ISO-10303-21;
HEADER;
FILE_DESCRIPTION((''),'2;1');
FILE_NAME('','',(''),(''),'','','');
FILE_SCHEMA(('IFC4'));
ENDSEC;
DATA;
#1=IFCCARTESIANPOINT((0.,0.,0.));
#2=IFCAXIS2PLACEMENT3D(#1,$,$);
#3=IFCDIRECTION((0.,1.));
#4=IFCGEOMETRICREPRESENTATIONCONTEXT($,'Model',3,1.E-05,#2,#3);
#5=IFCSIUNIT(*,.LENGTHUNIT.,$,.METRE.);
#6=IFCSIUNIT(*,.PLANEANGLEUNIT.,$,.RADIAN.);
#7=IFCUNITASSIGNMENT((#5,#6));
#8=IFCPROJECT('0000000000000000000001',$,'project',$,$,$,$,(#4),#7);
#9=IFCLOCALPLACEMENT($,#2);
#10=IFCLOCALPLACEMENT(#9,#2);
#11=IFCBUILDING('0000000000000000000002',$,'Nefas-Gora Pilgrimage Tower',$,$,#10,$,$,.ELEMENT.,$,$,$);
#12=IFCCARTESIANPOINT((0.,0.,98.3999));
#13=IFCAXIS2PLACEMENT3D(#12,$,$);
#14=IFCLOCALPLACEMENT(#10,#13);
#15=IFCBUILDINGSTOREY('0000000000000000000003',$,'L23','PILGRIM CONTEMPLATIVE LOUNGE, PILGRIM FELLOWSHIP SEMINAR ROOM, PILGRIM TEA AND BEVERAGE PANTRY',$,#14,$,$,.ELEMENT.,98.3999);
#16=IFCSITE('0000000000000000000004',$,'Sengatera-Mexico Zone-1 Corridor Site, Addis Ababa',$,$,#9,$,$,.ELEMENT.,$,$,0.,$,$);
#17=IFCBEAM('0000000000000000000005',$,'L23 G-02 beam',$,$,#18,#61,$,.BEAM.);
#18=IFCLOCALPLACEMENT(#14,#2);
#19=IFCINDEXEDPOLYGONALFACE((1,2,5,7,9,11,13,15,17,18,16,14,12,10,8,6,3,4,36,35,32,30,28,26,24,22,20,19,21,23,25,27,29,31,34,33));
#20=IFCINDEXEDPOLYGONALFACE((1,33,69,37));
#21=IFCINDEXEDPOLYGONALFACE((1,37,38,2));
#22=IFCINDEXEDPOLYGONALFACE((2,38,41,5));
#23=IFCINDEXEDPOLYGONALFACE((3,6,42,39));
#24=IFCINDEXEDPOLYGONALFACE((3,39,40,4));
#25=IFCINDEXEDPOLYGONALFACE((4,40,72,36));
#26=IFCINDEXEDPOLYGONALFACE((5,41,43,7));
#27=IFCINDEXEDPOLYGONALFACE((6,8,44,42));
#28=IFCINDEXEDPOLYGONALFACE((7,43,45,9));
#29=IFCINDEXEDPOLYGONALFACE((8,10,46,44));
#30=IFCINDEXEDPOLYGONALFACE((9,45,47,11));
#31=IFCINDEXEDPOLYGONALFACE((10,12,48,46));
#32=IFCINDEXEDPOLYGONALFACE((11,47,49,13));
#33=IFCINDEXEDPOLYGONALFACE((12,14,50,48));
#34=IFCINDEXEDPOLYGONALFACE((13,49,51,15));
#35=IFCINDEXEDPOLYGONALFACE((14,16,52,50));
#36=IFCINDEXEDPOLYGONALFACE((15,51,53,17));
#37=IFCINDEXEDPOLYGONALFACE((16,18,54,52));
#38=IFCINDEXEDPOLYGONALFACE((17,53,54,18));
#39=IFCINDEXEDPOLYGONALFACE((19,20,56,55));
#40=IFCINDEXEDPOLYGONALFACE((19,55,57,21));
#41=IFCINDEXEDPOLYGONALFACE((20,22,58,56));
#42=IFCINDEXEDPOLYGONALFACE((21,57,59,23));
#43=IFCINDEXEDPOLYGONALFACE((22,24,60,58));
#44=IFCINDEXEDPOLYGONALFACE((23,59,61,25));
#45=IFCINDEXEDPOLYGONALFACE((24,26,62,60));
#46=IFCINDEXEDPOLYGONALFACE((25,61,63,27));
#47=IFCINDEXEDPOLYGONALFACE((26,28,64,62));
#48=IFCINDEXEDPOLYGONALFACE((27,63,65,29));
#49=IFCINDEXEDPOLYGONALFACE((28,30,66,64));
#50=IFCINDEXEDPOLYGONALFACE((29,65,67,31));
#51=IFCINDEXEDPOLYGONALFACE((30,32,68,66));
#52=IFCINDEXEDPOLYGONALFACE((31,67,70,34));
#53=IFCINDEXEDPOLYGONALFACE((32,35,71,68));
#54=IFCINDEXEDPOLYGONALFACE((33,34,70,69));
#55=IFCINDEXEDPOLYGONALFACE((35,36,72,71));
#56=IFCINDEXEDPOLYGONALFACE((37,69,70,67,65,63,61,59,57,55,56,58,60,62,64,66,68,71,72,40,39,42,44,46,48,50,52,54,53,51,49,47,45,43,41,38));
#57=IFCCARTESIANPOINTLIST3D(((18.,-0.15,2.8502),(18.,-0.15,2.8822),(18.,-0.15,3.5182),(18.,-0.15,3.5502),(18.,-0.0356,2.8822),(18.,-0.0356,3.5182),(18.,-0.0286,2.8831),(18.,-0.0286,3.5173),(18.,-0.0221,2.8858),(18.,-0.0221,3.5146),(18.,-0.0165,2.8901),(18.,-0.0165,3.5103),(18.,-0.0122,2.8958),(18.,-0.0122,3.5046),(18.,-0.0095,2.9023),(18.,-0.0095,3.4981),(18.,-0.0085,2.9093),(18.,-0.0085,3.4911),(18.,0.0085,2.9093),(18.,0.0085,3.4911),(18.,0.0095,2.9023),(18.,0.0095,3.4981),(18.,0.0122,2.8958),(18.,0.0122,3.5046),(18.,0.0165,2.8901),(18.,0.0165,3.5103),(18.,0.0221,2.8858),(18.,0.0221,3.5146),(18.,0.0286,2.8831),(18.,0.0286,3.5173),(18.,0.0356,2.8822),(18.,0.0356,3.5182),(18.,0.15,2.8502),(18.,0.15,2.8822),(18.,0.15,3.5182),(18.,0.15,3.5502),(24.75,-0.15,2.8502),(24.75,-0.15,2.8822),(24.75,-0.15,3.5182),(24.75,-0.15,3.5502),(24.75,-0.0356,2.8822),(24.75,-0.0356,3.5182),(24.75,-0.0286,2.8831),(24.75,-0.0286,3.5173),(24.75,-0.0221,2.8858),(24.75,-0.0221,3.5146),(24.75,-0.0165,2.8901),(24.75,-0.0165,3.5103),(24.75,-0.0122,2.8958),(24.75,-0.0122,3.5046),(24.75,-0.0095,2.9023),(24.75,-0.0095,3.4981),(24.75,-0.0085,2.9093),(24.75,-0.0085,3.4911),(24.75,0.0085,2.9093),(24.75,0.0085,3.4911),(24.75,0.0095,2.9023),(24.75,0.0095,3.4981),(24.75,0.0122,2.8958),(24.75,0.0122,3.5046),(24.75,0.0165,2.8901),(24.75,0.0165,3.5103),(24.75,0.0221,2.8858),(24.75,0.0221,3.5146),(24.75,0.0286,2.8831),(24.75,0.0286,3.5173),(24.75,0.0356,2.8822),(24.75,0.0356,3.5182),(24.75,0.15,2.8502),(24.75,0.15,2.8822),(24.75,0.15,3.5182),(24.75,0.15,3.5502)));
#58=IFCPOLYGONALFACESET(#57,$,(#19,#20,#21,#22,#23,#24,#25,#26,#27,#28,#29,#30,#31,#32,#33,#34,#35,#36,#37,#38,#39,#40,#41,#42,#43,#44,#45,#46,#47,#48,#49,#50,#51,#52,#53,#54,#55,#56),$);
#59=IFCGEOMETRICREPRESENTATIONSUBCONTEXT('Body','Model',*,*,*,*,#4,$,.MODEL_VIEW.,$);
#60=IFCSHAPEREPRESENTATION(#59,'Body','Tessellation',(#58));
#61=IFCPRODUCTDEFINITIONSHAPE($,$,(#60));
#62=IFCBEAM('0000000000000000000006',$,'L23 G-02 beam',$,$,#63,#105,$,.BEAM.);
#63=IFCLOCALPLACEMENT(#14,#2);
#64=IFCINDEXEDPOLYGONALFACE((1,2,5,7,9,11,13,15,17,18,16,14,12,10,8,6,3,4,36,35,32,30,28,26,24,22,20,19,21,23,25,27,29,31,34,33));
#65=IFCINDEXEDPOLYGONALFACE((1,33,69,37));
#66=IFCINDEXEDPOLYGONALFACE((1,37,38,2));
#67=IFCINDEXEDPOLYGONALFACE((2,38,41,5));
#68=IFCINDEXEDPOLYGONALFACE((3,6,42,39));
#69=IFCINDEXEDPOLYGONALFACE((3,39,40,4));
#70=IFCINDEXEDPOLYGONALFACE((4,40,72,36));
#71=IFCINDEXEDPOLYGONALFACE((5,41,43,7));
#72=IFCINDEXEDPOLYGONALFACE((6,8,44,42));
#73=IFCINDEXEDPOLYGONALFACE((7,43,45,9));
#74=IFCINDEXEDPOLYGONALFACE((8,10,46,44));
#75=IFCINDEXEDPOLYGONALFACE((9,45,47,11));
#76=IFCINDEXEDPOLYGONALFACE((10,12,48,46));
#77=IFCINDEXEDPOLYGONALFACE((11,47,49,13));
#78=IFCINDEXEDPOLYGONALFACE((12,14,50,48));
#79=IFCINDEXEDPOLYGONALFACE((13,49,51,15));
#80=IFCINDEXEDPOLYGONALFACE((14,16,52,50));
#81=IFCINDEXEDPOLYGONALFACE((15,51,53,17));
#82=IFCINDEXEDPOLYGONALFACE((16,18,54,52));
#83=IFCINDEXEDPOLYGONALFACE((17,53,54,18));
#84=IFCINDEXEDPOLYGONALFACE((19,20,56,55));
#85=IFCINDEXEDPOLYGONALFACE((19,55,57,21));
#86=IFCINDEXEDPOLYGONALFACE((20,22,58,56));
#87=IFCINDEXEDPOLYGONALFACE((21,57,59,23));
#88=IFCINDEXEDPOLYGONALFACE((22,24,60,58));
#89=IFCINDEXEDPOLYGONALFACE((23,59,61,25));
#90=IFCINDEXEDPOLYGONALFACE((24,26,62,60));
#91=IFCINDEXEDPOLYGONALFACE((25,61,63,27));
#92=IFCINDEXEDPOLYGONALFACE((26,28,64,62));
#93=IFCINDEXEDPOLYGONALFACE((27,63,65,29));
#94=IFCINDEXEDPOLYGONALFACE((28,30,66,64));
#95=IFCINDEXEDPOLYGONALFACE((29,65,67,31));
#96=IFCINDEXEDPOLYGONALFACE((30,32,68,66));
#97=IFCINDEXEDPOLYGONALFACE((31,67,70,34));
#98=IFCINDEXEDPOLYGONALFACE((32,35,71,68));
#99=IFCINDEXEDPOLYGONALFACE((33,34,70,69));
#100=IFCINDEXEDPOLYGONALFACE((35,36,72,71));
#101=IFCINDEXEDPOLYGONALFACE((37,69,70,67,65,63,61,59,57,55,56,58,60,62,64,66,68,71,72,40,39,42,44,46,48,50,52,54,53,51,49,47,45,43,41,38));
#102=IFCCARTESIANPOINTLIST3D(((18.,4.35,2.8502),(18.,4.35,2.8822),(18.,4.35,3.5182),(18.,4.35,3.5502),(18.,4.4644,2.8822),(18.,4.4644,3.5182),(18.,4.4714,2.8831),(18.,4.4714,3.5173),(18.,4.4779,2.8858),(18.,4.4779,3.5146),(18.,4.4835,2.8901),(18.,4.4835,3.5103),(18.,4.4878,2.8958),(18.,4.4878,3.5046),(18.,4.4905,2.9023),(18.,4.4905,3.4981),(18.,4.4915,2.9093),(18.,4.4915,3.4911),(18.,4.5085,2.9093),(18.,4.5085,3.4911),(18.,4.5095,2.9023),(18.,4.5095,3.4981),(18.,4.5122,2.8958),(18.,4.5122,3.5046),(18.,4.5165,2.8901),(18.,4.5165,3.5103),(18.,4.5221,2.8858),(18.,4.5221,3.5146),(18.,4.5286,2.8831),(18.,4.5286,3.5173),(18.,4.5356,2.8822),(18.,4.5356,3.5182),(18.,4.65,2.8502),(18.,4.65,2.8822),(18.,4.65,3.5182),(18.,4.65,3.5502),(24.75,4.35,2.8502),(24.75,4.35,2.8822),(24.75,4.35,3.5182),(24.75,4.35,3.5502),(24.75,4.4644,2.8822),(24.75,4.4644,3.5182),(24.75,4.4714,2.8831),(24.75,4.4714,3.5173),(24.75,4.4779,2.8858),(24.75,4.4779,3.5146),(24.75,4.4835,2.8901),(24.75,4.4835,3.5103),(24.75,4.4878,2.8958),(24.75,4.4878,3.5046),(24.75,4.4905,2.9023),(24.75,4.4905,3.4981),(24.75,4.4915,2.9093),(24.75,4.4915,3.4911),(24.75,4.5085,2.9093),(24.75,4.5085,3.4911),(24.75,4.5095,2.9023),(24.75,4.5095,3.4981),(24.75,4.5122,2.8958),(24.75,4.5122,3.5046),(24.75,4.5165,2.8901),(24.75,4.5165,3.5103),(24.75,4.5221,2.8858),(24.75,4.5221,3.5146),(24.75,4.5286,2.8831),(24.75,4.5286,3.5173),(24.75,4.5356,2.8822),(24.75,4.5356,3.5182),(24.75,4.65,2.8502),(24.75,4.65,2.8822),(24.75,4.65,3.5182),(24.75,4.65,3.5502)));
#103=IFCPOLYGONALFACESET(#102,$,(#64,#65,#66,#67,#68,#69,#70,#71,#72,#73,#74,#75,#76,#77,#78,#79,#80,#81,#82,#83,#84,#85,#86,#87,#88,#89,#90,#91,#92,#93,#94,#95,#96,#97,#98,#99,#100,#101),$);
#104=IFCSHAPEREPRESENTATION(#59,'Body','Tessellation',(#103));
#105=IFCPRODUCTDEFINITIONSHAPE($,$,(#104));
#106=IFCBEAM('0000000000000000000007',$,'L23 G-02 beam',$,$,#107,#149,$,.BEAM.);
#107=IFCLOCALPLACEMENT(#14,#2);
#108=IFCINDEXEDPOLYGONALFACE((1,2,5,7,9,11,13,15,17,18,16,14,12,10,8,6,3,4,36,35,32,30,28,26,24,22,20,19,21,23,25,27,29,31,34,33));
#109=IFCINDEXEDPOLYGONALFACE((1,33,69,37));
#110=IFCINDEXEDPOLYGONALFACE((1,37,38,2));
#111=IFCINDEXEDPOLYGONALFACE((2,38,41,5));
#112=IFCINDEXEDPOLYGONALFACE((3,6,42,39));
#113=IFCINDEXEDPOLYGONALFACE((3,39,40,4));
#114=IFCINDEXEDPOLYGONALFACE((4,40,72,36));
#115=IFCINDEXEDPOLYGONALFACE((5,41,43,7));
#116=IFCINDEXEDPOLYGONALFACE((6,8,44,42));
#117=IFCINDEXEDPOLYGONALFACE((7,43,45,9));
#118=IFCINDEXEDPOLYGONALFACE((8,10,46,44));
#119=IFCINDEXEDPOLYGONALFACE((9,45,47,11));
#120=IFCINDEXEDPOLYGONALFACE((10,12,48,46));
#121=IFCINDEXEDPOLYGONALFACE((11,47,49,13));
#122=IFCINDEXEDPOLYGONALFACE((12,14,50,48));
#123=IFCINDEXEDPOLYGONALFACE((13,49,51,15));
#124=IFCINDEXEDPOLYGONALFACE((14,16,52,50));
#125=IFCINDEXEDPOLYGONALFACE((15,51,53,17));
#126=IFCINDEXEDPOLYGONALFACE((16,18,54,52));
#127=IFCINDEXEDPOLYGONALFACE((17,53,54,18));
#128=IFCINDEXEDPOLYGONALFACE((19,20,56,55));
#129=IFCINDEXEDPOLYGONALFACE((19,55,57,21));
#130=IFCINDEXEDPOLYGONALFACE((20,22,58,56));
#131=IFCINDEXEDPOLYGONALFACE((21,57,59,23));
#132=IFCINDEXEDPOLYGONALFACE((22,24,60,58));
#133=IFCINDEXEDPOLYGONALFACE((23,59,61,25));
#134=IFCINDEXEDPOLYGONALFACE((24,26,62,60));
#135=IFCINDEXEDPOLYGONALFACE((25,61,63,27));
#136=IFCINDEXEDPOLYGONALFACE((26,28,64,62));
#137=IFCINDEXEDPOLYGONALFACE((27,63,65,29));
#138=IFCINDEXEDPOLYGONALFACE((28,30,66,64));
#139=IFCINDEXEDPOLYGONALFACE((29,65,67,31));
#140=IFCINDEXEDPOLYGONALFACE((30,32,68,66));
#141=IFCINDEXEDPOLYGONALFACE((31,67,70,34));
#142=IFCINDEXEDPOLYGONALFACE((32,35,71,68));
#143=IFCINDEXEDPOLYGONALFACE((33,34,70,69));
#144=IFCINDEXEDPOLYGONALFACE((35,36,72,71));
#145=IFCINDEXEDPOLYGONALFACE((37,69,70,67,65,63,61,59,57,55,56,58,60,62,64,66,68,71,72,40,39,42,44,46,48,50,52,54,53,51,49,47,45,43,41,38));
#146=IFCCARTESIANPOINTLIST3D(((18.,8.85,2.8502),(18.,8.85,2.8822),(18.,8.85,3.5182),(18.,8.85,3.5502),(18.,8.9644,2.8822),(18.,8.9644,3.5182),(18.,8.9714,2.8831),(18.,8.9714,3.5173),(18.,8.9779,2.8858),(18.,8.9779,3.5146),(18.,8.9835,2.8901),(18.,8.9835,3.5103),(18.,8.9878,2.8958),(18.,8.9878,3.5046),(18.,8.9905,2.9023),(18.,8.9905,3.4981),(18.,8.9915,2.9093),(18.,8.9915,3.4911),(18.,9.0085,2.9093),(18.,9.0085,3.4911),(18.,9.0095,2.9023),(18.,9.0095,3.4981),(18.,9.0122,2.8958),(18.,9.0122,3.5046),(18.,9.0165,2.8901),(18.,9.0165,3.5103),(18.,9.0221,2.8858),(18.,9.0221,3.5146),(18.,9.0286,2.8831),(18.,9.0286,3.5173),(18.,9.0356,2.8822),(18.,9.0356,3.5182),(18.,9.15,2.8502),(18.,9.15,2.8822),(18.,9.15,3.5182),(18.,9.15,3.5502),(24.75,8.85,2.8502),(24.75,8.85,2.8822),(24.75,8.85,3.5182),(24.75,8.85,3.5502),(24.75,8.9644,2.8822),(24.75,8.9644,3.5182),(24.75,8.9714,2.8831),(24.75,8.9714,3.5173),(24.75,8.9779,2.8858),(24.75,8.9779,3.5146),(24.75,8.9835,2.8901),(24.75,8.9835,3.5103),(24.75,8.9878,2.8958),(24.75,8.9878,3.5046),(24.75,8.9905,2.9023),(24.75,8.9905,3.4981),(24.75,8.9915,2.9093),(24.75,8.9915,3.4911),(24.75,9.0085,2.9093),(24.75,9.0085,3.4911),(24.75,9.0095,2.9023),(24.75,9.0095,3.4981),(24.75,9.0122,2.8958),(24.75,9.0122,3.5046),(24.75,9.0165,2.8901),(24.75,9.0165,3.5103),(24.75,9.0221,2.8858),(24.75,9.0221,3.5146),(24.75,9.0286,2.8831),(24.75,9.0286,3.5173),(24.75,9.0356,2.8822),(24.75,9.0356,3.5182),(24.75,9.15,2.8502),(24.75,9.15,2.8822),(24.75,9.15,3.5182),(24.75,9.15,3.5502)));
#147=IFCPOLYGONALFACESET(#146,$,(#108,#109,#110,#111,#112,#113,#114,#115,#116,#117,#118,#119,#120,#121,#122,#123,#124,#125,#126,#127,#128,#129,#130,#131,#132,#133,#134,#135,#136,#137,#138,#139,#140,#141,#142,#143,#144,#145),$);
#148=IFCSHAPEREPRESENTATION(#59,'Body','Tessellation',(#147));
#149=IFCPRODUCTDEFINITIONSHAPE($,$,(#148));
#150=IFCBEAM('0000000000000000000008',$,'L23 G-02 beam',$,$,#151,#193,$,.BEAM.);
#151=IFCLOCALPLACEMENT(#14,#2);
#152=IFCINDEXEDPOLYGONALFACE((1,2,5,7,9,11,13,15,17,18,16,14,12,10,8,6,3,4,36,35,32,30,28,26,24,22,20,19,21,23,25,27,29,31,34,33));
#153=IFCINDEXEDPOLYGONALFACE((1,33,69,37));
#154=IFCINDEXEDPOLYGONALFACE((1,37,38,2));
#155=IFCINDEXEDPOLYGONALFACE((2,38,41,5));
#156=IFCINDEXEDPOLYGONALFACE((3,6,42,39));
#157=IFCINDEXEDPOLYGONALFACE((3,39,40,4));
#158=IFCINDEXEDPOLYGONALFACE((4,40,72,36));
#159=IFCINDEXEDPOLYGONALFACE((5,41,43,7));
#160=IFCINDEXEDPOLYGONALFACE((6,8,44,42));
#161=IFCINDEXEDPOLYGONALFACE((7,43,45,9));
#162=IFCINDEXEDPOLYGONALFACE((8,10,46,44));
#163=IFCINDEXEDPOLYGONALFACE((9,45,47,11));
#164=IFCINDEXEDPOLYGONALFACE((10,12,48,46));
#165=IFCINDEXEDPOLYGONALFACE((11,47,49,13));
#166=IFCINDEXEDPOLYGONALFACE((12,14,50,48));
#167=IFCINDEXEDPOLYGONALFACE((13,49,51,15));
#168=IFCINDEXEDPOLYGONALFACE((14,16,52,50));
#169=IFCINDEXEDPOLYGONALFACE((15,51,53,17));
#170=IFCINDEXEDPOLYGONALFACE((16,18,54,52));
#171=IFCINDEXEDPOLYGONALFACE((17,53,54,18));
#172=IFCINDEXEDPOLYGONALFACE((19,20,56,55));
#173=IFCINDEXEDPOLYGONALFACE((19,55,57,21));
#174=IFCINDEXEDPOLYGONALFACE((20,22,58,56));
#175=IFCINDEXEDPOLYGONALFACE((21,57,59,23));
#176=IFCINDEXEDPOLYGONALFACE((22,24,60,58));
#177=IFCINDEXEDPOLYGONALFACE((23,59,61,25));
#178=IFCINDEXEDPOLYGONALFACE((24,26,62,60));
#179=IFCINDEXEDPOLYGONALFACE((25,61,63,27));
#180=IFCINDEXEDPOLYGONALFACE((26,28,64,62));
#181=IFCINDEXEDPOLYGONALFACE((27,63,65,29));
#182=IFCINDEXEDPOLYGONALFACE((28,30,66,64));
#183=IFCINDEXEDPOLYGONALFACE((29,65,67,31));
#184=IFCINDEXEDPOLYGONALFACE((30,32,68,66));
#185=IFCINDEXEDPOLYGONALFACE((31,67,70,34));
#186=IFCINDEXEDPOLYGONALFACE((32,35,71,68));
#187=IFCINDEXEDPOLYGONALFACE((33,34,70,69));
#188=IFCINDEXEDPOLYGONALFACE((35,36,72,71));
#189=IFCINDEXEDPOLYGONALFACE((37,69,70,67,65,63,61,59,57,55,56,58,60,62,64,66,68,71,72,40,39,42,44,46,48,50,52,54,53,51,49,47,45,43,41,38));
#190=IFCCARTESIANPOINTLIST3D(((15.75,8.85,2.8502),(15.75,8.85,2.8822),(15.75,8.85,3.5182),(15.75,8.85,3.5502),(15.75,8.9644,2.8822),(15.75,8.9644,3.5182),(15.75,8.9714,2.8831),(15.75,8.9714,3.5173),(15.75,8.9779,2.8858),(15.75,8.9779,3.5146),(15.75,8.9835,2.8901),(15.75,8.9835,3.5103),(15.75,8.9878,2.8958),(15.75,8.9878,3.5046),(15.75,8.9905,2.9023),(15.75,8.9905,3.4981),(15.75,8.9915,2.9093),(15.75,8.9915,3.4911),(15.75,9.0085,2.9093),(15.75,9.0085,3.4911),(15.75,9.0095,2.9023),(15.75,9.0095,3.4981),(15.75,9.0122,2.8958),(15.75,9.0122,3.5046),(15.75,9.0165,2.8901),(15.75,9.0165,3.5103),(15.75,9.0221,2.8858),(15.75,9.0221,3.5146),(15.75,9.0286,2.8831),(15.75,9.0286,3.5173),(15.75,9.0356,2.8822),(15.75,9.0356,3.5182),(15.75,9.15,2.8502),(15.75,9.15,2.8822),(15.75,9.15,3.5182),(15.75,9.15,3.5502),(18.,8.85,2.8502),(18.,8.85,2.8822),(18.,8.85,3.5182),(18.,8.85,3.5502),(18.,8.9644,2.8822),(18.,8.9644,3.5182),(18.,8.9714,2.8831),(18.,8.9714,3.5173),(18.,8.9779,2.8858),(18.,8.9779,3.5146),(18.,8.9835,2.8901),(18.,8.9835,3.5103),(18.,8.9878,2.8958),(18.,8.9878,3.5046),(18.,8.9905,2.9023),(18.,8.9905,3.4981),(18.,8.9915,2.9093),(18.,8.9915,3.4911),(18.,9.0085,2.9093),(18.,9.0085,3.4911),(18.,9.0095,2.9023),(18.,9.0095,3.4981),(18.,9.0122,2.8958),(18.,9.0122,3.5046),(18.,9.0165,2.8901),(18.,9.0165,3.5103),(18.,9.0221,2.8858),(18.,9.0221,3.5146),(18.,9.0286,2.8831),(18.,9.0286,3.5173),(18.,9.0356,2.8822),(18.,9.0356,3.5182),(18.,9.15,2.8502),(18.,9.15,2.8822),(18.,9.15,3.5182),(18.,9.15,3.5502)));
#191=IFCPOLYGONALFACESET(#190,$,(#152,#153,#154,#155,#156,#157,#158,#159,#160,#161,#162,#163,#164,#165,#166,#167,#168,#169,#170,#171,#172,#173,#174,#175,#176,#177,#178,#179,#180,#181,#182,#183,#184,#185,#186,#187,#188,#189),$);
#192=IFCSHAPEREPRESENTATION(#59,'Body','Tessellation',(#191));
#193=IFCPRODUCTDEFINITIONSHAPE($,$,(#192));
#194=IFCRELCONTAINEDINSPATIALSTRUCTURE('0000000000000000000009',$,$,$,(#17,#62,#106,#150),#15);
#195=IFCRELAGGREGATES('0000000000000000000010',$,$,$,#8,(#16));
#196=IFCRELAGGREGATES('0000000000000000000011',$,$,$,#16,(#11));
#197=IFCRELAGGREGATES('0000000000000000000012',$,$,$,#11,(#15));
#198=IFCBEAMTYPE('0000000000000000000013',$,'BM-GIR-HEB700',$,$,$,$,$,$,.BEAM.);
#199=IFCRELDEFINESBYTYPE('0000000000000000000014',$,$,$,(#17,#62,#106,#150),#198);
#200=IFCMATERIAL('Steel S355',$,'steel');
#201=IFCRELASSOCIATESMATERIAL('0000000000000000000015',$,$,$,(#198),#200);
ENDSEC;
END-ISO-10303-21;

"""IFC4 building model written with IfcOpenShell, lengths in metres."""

from ifc_helpers import new_model, si_unit, direction, frame, origin, origin_2d, place, context, subcontext, project, spatial, i_section, extrude, source, transform, mapped, material, material_profile, profile_set, type_object, element, save


model = new_model("IFC4")

# Units and contexts
model_context = context("Model", 3, precision=1e-05, world=origin(), true_north=direction((0.0, 1.0)))
body_context = subcontext(model_context, "Body", "Model", "MODEL_VIEW")
ifc_project = project(units=[si_unit("LENGTHUNIT", "METRE"), si_unit("PLANEANGLEUNIT", "RADIAN")], contexts=[model_context])

# Site, building, storey
site_placement = place(None, origin())
site = spatial("IfcSite", under=ifc_project, at=site_placement, Name="Sengatera-Mexico Zone-1 Corridor Site, Addis Ababa", CompositionType="ELEMENT", RefElevation=0.0)
building_placement = place(site_placement, origin())
building = spatial("IfcBuilding", under=site, at=building_placement, Name="Nefas-Gora Pilgrimage Tower", CompositionType="ELEMENT")
storey_placement = place(building_placement, frame((0.0, 0.0, 98.3999)))
storey = spatial("IfcBuildingStorey", under=building, at=storey_placement, Name="L23", Description="PILGRIM CONTEMPLATIVE LOUNGE, PILGRIM FELLOWSHIP SEMINAR ROOM, PILGRIM TEA AND BEVERAGE PANTRY", CompositionType="ELEMENT", Elevation=98.3999)

# Beams
ifc_material_1 = material(Name="Steel S355", Category="steel")
ifc_material_profile_1 = material_profile(ifc_material_1, i_section(OverallWidth=0.3, OverallDepth=0.7, WebThickness=0.0171, FlangeThickness=0.032, FilletRadius=0.0271, at=origin_2d()), Name="HEB 700")
ifc_profile_set_1 = profile_set([ifc_material_profile_1], Name="Steel S355")
beam_type_1 = type_object("IfcBeamType", Name="BM-GIR-HEB700", PredefinedType="BEAM", material=ifc_profile_set_1)
shared_shape_1 = source(origin(), body_context, "Body", "SweptSolid", [
    extrude(i_section(OverallWidth=0.3, OverallDepth=0.7, WebThickness=0.0171, FlangeThickness=0.032, FilletRadius=0.0271, at=origin_2d()), origin(), (0.0, 0.0, 1.0), 6.75),
])
for number, where, z_axis, x_axis, name in (
    (1, (18.0, 0.0, 3.2002), (1.0, 0.0, 0.0), (0.0, 1.0, 0.0), "L23 G-02 beam"),
    (2, (18.0, 4.5, 3.2002), (1.0, 0.0, 0.0), (0.0, 1.0, 0.0), "L23 G-02 beam"),
    (3, (18.0, 9.0, 3.2002), (1.0, 0.0, 0.0), (0.0, 1.0, 0.0), "L23 G-02 beam"),
):
    element("IfcBeam", number, at=place(storey_placement, frame(where, z_axis=z_axis, x_axis=x_axis)), inside=storey, type_object=beam_type_1, Name=name, PredefinedType="BEAM", context=body_context, shape_type="MappedRepresentation", body=[
        mapped(shared_shape_1, transform((0.0, 0.0, 0.0), x_axis=(1.0, 0.0, 0.0), y_axis=(0.0, 1.0, 0.0), z_axis=(0.0, 0.0, 1.0), scale=1.0)),
    ])
shared_shape_2 = source(origin(), body_context, "Body", "SweptSolid", [
    extrude(i_section(OverallWidth=0.3, OverallDepth=0.7, WebThickness=0.0171, FlangeThickness=0.032, FilletRadius=0.0271, at=origin_2d()), origin(), (0.0, 0.0, 1.0), 2.25),
])
beam_placement = place(storey_placement, frame((15.75, 9.0, 3.2002), z_axis=(1.0, 0.0, 0.0), x_axis=(0.0, 1.0, 0.0)))
element("IfcBeam", 4, at=beam_placement, inside=storey, type_object=beam_type_1, Name="L23 G-02 beam", PredefinedType="BEAM", context=body_context, shape_type="MappedRepresentation", body=[
    mapped(shared_shape_2, transform((0.0, 0.0, 0.0), x_axis=(1.0, 0.0, 0.0), y_axis=(0.0, 1.0, 0.0), z_axis=(0.0, 0.0, 1.0), scale=1.0)),
])

save(model, "model.ifc")
